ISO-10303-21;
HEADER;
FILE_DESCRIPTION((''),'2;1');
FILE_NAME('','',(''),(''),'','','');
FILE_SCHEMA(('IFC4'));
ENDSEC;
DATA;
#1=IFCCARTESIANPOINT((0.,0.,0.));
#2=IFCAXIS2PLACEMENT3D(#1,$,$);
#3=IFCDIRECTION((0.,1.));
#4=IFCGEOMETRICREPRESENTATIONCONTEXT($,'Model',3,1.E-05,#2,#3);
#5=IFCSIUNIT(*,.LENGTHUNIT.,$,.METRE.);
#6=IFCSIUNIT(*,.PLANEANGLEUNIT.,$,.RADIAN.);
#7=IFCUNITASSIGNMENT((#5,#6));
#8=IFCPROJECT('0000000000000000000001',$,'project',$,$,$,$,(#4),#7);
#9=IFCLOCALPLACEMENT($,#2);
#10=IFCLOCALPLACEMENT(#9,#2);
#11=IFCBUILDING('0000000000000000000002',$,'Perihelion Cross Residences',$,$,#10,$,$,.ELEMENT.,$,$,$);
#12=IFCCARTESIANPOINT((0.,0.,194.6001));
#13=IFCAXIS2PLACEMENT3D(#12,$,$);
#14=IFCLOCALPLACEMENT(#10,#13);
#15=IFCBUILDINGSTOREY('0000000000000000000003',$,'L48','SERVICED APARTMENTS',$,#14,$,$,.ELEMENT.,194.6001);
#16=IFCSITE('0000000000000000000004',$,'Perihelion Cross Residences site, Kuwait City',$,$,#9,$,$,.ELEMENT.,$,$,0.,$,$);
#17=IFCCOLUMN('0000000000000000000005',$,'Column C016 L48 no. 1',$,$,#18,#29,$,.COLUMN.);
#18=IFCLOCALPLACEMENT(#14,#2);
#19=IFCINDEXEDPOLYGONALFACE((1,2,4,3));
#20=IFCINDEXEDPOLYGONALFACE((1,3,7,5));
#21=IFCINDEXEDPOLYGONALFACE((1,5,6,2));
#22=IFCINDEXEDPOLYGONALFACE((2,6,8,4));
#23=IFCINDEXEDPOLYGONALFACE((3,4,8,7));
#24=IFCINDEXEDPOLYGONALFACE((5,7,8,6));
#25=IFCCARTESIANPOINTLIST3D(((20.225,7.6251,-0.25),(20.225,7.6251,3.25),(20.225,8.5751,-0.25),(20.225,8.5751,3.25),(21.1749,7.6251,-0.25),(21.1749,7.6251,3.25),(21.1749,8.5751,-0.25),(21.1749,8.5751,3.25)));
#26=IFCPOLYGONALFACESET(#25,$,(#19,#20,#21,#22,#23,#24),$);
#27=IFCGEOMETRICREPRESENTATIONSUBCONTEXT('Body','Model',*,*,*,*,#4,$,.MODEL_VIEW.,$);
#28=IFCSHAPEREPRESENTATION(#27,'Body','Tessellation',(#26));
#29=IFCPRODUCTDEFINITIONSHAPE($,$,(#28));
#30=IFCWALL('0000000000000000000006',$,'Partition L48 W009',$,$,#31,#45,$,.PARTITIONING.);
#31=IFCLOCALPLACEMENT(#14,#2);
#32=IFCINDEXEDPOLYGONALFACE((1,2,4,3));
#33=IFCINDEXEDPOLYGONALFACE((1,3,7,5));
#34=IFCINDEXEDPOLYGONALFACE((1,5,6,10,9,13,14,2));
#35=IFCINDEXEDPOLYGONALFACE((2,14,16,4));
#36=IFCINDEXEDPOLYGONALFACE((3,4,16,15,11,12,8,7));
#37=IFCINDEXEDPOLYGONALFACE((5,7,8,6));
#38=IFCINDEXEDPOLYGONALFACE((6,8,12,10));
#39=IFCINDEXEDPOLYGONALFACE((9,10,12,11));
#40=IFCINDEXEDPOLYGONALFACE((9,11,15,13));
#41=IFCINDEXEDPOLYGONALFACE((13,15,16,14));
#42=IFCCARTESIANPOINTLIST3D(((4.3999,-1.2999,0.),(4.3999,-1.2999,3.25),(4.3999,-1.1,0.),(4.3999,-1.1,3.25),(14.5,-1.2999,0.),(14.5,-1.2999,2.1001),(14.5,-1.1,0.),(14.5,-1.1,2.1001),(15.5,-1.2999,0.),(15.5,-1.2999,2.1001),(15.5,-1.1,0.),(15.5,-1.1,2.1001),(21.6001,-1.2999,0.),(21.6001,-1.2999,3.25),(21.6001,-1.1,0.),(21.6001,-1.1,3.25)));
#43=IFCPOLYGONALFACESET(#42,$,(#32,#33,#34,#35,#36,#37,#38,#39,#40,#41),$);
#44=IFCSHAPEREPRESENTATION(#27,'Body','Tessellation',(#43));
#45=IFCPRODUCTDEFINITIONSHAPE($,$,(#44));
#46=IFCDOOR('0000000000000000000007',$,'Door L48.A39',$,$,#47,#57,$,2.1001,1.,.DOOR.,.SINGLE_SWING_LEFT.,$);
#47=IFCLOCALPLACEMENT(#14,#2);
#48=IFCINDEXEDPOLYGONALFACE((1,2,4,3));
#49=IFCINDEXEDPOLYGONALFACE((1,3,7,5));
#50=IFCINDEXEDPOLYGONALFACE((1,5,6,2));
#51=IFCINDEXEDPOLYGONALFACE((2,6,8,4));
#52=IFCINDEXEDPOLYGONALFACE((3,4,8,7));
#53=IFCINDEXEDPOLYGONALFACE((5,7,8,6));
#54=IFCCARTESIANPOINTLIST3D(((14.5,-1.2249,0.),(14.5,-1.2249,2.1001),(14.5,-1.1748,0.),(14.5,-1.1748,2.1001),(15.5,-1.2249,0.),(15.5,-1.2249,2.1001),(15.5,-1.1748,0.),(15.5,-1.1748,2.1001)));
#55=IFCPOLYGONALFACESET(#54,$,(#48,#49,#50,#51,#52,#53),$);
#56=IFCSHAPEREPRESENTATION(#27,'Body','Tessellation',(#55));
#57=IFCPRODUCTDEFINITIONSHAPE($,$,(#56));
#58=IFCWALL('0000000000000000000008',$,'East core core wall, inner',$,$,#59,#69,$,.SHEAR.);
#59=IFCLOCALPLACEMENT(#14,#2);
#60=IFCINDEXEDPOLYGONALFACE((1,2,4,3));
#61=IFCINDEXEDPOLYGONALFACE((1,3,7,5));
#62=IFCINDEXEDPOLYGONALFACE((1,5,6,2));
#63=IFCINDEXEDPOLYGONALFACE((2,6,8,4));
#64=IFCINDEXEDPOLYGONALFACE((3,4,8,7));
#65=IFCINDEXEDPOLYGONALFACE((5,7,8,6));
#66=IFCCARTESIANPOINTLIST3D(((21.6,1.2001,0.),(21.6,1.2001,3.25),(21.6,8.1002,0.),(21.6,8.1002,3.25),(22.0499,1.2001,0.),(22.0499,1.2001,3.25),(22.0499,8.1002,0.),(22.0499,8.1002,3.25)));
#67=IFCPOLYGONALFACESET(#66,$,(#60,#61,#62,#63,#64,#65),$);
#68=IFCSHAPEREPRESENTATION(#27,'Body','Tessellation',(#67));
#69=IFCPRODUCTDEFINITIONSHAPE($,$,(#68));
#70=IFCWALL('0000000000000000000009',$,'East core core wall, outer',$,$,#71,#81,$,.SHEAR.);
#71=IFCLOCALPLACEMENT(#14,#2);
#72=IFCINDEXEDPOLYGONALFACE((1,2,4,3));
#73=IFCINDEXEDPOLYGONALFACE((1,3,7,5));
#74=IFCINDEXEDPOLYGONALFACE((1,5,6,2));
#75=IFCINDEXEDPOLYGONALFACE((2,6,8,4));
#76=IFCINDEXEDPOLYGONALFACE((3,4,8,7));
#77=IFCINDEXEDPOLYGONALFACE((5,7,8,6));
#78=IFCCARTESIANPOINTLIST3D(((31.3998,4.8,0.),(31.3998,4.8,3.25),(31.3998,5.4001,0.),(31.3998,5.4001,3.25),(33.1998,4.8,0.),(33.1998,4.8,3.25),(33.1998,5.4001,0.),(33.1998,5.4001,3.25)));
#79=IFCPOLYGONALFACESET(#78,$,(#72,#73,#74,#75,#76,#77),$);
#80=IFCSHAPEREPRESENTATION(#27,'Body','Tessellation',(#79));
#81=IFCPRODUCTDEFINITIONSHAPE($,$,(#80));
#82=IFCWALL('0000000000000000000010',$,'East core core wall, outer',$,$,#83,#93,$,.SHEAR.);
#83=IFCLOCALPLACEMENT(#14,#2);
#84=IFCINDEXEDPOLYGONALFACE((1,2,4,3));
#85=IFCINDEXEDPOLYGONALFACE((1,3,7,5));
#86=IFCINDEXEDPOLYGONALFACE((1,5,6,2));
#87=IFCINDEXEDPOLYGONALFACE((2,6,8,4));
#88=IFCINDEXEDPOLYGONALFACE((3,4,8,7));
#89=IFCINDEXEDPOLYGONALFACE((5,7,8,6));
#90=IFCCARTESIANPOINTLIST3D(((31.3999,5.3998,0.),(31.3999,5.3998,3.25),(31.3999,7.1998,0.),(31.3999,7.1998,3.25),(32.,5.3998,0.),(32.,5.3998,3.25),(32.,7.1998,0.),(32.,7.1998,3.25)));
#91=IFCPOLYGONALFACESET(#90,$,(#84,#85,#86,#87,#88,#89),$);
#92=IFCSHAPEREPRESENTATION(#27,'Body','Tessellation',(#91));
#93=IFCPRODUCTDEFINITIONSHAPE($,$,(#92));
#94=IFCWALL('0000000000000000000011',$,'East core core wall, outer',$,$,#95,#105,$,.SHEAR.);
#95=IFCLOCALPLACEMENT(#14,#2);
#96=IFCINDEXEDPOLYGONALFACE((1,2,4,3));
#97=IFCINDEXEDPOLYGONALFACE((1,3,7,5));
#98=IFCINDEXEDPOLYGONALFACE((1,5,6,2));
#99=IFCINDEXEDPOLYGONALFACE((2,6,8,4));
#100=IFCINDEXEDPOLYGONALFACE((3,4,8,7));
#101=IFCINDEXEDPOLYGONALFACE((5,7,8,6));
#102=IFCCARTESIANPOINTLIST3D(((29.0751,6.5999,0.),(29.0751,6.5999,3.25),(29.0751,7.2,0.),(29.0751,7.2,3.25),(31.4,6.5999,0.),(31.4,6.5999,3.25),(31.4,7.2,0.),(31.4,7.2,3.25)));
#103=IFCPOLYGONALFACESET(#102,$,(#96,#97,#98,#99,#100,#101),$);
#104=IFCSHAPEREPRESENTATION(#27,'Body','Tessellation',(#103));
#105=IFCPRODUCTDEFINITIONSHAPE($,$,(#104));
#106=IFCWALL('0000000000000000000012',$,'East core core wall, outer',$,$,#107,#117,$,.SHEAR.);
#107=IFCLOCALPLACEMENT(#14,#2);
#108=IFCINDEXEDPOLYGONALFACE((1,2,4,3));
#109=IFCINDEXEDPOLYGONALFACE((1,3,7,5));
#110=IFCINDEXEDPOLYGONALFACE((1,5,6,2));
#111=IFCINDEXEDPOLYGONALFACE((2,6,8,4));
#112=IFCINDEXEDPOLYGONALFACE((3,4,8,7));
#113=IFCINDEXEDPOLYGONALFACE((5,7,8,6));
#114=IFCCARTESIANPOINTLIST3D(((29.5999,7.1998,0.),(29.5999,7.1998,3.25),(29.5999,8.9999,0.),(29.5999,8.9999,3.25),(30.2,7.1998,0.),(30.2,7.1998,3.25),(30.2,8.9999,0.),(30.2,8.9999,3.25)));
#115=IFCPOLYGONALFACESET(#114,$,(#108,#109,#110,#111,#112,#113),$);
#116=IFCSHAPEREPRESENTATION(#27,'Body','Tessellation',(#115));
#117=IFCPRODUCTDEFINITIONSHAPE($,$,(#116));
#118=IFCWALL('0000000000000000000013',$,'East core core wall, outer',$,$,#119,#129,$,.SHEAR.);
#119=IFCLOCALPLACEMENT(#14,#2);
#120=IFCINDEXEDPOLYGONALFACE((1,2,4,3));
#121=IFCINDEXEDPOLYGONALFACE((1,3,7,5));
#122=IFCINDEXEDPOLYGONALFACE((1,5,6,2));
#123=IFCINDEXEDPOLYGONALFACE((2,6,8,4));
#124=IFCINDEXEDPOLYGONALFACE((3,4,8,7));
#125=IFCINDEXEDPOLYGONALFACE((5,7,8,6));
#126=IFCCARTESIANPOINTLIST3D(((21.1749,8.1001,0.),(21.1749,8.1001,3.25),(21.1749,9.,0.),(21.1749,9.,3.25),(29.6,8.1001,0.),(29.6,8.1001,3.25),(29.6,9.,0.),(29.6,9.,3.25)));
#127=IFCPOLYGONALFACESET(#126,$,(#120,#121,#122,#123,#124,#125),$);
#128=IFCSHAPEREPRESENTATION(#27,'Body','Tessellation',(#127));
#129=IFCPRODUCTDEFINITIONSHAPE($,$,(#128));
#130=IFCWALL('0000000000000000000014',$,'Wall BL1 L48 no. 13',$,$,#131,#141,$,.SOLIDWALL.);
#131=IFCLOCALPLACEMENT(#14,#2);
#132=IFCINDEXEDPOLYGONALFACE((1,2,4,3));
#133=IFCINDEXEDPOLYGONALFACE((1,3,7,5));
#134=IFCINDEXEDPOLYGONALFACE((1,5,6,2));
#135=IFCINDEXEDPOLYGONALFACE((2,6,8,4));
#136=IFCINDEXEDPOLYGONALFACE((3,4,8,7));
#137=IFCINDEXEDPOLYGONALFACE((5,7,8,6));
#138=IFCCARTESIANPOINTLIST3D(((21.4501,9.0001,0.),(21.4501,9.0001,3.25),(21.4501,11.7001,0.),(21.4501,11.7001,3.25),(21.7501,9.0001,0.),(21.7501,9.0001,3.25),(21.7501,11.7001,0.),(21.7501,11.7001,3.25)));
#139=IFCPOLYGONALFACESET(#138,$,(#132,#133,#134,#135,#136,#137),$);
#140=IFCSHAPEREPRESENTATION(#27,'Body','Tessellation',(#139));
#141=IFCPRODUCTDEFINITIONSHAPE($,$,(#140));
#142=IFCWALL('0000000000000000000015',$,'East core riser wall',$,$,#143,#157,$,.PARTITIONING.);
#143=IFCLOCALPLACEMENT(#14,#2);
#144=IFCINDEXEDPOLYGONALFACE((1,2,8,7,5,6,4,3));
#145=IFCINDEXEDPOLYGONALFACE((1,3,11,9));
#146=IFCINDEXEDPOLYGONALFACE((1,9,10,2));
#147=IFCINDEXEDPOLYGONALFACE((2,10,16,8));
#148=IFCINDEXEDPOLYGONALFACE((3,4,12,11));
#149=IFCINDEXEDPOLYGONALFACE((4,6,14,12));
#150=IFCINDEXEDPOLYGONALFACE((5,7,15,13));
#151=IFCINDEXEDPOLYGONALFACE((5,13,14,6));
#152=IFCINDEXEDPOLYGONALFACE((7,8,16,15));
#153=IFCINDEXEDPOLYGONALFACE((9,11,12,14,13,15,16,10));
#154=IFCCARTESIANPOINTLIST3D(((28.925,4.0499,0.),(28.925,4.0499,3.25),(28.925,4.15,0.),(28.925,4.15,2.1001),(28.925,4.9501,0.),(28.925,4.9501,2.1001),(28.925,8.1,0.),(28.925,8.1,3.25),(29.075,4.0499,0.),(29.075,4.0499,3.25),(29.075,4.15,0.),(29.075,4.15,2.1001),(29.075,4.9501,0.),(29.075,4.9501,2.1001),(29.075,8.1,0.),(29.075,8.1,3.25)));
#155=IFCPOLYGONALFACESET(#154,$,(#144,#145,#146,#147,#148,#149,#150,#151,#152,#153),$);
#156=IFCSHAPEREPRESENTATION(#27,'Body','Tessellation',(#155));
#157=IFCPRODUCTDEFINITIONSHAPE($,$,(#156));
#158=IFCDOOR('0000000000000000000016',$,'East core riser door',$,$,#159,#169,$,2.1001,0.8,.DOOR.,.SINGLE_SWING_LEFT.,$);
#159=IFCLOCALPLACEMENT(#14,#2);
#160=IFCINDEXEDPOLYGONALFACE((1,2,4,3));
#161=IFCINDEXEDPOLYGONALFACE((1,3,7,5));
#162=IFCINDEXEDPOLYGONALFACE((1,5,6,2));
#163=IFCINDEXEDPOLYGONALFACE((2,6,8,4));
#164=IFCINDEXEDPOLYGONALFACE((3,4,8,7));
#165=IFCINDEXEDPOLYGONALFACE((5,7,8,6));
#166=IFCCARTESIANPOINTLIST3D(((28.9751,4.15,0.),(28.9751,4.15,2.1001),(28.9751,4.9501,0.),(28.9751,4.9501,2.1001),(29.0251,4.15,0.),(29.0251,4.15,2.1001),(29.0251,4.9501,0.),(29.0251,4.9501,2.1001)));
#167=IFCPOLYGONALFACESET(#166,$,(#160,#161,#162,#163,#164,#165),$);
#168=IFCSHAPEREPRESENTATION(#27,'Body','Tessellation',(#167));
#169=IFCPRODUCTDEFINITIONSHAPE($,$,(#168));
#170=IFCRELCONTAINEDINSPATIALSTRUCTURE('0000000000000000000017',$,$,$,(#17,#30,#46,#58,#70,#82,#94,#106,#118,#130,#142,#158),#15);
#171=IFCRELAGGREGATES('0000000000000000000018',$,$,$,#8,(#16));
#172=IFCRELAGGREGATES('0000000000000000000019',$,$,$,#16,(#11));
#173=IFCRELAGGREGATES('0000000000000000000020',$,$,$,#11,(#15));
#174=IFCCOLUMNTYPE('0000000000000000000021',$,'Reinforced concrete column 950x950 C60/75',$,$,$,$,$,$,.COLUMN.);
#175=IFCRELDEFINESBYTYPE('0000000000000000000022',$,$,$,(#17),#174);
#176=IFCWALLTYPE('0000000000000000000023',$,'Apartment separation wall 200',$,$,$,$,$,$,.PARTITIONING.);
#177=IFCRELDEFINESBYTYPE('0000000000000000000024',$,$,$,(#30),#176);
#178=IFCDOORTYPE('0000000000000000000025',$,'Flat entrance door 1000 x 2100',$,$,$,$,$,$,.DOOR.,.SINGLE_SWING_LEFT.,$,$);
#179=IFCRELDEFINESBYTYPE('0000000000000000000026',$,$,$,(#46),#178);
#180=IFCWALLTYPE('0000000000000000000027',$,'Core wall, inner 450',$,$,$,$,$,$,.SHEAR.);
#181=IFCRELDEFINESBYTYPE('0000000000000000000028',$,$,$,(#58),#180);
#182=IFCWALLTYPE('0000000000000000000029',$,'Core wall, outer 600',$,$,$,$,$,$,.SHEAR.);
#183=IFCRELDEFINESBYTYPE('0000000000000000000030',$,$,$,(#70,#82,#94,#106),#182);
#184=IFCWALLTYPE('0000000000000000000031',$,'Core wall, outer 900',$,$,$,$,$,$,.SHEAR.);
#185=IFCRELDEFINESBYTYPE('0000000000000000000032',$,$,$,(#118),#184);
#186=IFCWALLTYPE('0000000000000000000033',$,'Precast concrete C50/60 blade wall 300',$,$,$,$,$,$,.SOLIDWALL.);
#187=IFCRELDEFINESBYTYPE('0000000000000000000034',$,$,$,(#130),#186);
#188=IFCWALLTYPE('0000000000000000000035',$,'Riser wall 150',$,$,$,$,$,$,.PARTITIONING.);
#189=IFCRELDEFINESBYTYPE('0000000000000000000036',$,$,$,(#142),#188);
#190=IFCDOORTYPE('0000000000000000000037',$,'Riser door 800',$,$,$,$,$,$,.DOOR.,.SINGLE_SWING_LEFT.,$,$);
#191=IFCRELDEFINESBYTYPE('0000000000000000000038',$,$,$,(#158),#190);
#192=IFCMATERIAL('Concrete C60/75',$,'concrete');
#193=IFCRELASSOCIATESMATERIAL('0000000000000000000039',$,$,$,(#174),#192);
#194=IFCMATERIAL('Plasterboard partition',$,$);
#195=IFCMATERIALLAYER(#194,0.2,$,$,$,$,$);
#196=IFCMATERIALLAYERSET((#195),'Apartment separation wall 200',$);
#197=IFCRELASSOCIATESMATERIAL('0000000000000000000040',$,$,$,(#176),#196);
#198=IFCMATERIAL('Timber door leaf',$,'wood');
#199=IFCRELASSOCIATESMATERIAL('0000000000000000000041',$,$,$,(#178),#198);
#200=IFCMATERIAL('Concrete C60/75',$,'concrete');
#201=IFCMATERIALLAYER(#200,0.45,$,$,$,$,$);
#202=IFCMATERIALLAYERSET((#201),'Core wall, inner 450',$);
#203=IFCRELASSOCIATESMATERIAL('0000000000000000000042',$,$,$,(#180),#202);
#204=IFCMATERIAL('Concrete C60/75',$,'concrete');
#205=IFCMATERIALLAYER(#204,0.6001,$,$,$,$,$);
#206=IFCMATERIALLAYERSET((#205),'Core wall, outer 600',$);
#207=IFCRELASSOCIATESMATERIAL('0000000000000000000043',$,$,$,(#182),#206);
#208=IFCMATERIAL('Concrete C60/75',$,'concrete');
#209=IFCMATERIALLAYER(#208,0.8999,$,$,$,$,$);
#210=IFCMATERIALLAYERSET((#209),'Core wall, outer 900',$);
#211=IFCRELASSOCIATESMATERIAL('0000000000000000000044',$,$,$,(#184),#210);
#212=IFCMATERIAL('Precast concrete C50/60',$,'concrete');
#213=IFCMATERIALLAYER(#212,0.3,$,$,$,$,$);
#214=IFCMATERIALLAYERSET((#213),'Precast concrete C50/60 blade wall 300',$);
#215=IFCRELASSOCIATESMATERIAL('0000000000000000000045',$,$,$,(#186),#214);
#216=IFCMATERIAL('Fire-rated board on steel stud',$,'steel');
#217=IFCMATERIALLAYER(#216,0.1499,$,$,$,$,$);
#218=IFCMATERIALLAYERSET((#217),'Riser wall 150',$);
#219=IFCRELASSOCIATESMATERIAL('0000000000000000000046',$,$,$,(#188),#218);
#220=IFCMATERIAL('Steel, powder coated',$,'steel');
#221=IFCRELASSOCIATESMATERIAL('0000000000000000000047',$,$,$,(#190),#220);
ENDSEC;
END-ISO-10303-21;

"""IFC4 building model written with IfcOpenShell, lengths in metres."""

from ifc_helpers import new_model, si_unit, direction, frame, frame_2d, origin, origin_2d, place, context, subcontext, project, spatial, rectangle, extrude, material, layer, layer_set, material_profile, profile_set, type_object, element, fill, save


model = new_model("IFC4")

# Units and contexts
model_context = context("Model", 3, precision=1e-05, world=origin(), true_north=direction((0.0, 1.0)))
body_context = subcontext(model_context, "Body", "Model", "MODEL_VIEW")
ifc_project = project(units=[si_unit("LENGTHUNIT", "METRE"), si_unit("PLANEANGLEUNIT", "RADIAN")], contexts=[model_context])

# Site, building, storey
site_placement = place(None, origin())
site = spatial("IfcSite", under=ifc_project, at=site_placement, Name="Perihelion Cross Residences site, Kuwait City", CompositionType="ELEMENT", RefElevation=0.0)
building_placement = place(site_placement, origin())
building = spatial("IfcBuilding", under=site, at=building_placement, Name="Perihelion Cross Residences", CompositionType="ELEMENT")
storey_placement = place(building_placement, frame((0.0, 0.0, 194.6001)))
storey = spatial("IfcBuildingStorey", under=building, at=storey_placement, Name="L48", Description="SERVICED APARTMENTS", CompositionType="ELEMENT", Elevation=194.6001)

# Column
ifc_material_1 = material(Name="Concrete C60/75", Category="concrete")
ifc_material_profile = material_profile(ifc_material_1, rectangle(XDim=0.95, YDim=0.95, at=origin_2d()), Name="RC 950x950")
ifc_profile_set = profile_set([ifc_material_profile], Name="Concrete C60/75")
column_type = type_object("IfcColumnType", Name="Reinforced concrete column 950x950 C60/75", PredefinedType="COLUMN", material=ifc_profile_set)
column_placement = place(storey_placement, frame((20.7, 8.1001, -0.25), z_axis=(0.0, 0.0, 1.0), x_axis=(1.0, 0.0, 0.0)))
element("IfcColumn", 1, at=column_placement, inside=storey, type_object=column_type, Name="Column C016 L48 no. 1", PredefinedType="COLUMN", context=body_context, shape_type="SweptSolid", body=[
    extrude(rectangle(XDim=0.95, YDim=0.95, at=origin_2d()), origin(), (0.0, 0.0, 1.0), 3.5),
])

# Wall, opening, door
ifc_material_2 = material(Name="Plasterboard partition")
ifc_layer_1 = layer(ifc_material_2, 0.2)
ifc_layer_set_1 = layer_set([ifc_layer_1], Name="Apartment separation wall 200")
wall_type_1 = type_object("IfcWallType", Name="Apartment separation wall 200", PredefinedType="PARTITIONING", material=ifc_layer_set_1)
wall_1_placement = place(storey_placement, frame((21.6001, -1.2, 0.0), z_axis=(0.0, 0.0, 1.0), x_axis=(-1.0, 0.0, 0.0)))
wall_1 = element("IfcWall", 2, at=wall_1_placement, inside=storey, type_object=wall_type_1, Name="Partition L48 W009", PredefinedType="PARTITIONING", context=body_context, shape_type="SweptSolid", body=[
    extrude(rectangle(XDim=17.2002, YDim=0.2, at=frame_2d((8.6001, 0.0))), origin(), (0.0, 0.0, 1.0), 3.25),
])
opening_1_placement = place(wall_1_placement, frame((6.1001, 0.0, 0.0)))
opening_1 = element("IfcOpeningElement", 3, at=opening_1_placement, cuts=wall_1, PredefinedType="OPENING", context=body_context, shape_type="SweptSolid", body=[
    extrude(rectangle(XDim=1.0, YDim=2.1001, at=frame_2d((0.5, 1.05))), frame((0.0, 0.1099, 0.0), z_axis=(0.0, -1.0, 0.0), x_axis=(1.0, 0.0, 0.0)), (0.0, 0.0, 1.0), 0.22),
])
ifc_material_3 = material(Name="Timber door leaf", Category="wood")
door_type_1 = type_object("IfcDoorType", Name="Flat entrance door 1000 x 2100", OperationType="SINGLE_SWING_LEFT", PredefinedType="DOOR", material=ifc_material_3)
door_1_placement = place(opening_1_placement, origin())
door_1 = element("IfcDoor", 4, at=door_1_placement, inside=storey, type_object=door_type_1, Name="Door L48.A39", OperationType="SINGLE_SWING_LEFT", OverallHeight=2.1001, OverallWidth=1.0, PredefinedType="DOOR", context=body_context, shape_type="SweptSolid", body=[
    extrude(rectangle(XDim=1.0, YDim=2.1001, at=frame_2d((0.5, 1.05))), frame((0.0, 0.0249, 0.0), z_axis=(0.0, -1.0, 0.0), x_axis=(1.0, 0.0, 0.0)), (0.0, 0.0, 1.0), 0.05),
])
fill(opening_1, door_1)

# Walls
ifc_material_4 = material(Name="Concrete C60/75", Category="concrete")
ifc_layer_2 = layer(ifc_material_4, 0.45)
ifc_layer_set_2 = layer_set([ifc_layer_2], Name="Core wall, inner 450")
wall_type_2 = type_object("IfcWallType", Name="Core wall, inner 450", PredefinedType="SHEAR", material=ifc_layer_set_2)
wall_2_placement = place(storey_placement, frame((21.825, 1.2, 0.0), z_axis=(0.0, 0.0, 1.0), x_axis=(0.0, 1.0, 0.0)))
element("IfcWall", 5, at=wall_2_placement, inside=storey, type_object=wall_type_2, Name="East core core wall, inner", PredefinedType="SHEAR", context=body_context, shape_type="SweptSolid", body=[
    extrude(rectangle(XDim=6.9001, YDim=0.45, at=frame_2d((3.4502, 0.0))), origin(), (0.0, 0.0, 1.0), 3.25),
])
ifc_material_5 = material(Name="Concrete C60/75", Category="concrete")
ifc_layer_3 = layer(ifc_material_5, 0.6001)
ifc_layer_set_3 = layer_set([ifc_layer_3], Name="Core wall, outer 600")
wall_type_3 = type_object("IfcWallType", Name="Core wall, outer 600", PredefinedType="SHEAR", material=ifc_layer_set_3)
for number, where, z_axis, x_axis, name in (
    (6, (31.3999, 5.1001, 0.0), (0.0, 0.0, 1.0), (1.0, 0.0, 0.0), "East core core wall, outer"),
    (7, (31.7, 5.3999, 0.0), (0.0, 0.0, 1.0), (0.0, 1.0, 0.0), "East core core wall, outer"),
):
    element("IfcWall", number, at=place(storey_placement, frame(where, z_axis=z_axis, x_axis=x_axis)), inside=storey, type_object=wall_type_3, Name=name, PredefinedType="SHEAR", context=body_context, shape_type="SweptSolid", body=[
        extrude(rectangle(XDim=1.8, YDim=0.6001, at=frame_2d((0.8999, 0.0))), origin(), (0.0, 0.0, 1.0), 3.25),
    ])
wall_3_placement = place(storey_placement, frame((29.075, 6.8999, 0.0), z_axis=(0.0, 0.0, 1.0), x_axis=(1.0, 0.0, 0.0)))
element("IfcWall", 8, at=wall_3_placement, inside=storey, type_object=wall_type_3, Name="East core core wall, outer", PredefinedType="SHEAR", context=body_context, shape_type="SweptSolid", body=[
    extrude(rectangle(XDim=2.325, YDim=0.6001, at=frame_2d((1.1626, 0.0))), origin(), (0.0, 0.0, 1.0), 3.25),
])
wall_4_placement = place(storey_placement, frame((29.8999, 7.2, 0.0), z_axis=(0.0, 0.0, 1.0), x_axis=(0.0, 1.0, 0.0)))
element("IfcWall", 9, at=wall_4_placement, inside=storey, type_object=wall_type_3, Name="East core core wall, outer", PredefinedType="SHEAR", context=body_context, shape_type="SweptSolid", body=[
    extrude(rectangle(XDim=1.8, YDim=0.6001, at=frame_2d((0.8999, 0.0))), origin(), (0.0, 0.0, 1.0), 3.25),
])
ifc_material_6 = material(Name="Concrete C60/75", Category="concrete")
ifc_layer_4 = layer(ifc_material_6, 0.8999)
ifc_layer_set_4 = layer_set([ifc_layer_4], Name="Core wall, outer 900")
wall_type_4 = type_object("IfcWallType", Name="Core wall, outer 900", PredefinedType="SHEAR", material=ifc_layer_set_4)
wall_5_placement = place(storey_placement, frame((21.175, 8.55, 0.0), z_axis=(0.0, 0.0, 1.0), x_axis=(1.0, 0.0, 0.0)))
element("IfcWall", 10, at=wall_5_placement, inside=storey, type_object=wall_type_4, Name="East core core wall, outer", PredefinedType="SHEAR", context=body_context, shape_type="SweptSolid", body=[
    extrude(rectangle(XDim=8.425, YDim=0.8999, at=frame_2d((4.2124, 0.0))), origin(), (0.0, 0.0, 1.0), 3.25),
])
ifc_material_7 = material(Name="Precast concrete C50/60", Category="concrete")
ifc_layer_5 = layer(ifc_material_7, 0.3)
ifc_layer_set_5 = layer_set([ifc_layer_5], Name="Precast concrete C50/60 blade wall 300")
wall_type_5 = type_object("IfcWallType", Name="Precast concrete C50/60 blade wall 300", PredefinedType="SOLIDWALL", material=ifc_layer_set_5)
wall_6_placement = place(storey_placement, frame((21.6001, 9.0, 0.0), z_axis=(0.0, 0.0, 1.0), x_axis=(0.0, 1.0, 0.0)))
element("IfcWall", 11, at=wall_6_placement, inside=storey, type_object=wall_type_5, Name="Wall BL1 L48 no. 13", PredefinedType="SOLIDWALL", context=body_context, shape_type="SweptSolid", body=[
    extrude(rectangle(XDim=2.7, YDim=0.3, at=frame_2d((1.3501, 0.0))), origin(), (0.0, 0.0, 1.0), 3.25),
])

# Wall, opening, door
ifc_material_8 = material(Name="Fire-rated board on steel stud", Category="steel")
ifc_layer_6 = layer(ifc_material_8, 0.1499)
ifc_layer_set_6 = layer_set([ifc_layer_6], Name="Riser wall 150")
wall_type_6 = type_object("IfcWallType", Name="Riser wall 150", PredefinedType="PARTITIONING", material=ifc_layer_set_6)
wall_7_placement = place(storey_placement, frame((29.0, 4.05, 0.0), z_axis=(0.0, 0.0, 1.0), x_axis=(0.0, 1.0, 0.0)))
wall_7 = element("IfcWall", 12, at=wall_7_placement, inside=storey, type_object=wall_type_6, Name="East core riser wall", PredefinedType="PARTITIONING", context=body_context, shape_type="SweptSolid", body=[
    extrude(rectangle(XDim=4.05, YDim=0.1499, at=frame_2d((2.0249, 0.0))), origin(), (0.0, 0.0, 1.0), 3.25),
])
opening_2_placement = place(wall_7_placement, frame((0.1001, 0.0, 0.0)))
opening_2 = element("IfcOpeningElement", 13, at=opening_2_placement, cuts=wall_7, PredefinedType="OPENING", context=body_context, shape_type="SweptSolid", body=[
    extrude(rectangle(XDim=0.8, YDim=2.1001, at=frame_2d((0.3999, 1.05))), frame((0.0, 0.085, 0.0), z_axis=(0.0, -1.0, 0.0), x_axis=(1.0, 0.0, 0.0)), (0.0, 0.0, 1.0), 0.1699),
])
ifc_material_9 = material(Name="Steel, powder coated", Category="steel")
door_type_2 = type_object("IfcDoorType", Name="Riser door 800", OperationType="SINGLE_SWING_LEFT", PredefinedType="DOOR", material=ifc_material_9)
door_2_placement = place(opening_2_placement, origin())
door_2 = element("IfcDoor", 14, at=door_2_placement, inside=storey, type_object=door_type_2, Name="East core riser door", OperationType="SINGLE_SWING_LEFT", OverallHeight=2.1001, OverallWidth=0.8, PredefinedType="DOOR", context=body_context, shape_type="SweptSolid", body=[
    extrude(rectangle(XDim=0.8, YDim=2.1001, at=frame_2d((0.3999, 1.05))), frame((0.0, 0.0249, 0.0), z_axis=(0.0, -1.0, 0.0), x_axis=(1.0, 0.0, 0.0)), (0.0, 0.0, 1.0), 0.05),
])
fill(opening_2, door_2)

save(model, "model.ifc")
